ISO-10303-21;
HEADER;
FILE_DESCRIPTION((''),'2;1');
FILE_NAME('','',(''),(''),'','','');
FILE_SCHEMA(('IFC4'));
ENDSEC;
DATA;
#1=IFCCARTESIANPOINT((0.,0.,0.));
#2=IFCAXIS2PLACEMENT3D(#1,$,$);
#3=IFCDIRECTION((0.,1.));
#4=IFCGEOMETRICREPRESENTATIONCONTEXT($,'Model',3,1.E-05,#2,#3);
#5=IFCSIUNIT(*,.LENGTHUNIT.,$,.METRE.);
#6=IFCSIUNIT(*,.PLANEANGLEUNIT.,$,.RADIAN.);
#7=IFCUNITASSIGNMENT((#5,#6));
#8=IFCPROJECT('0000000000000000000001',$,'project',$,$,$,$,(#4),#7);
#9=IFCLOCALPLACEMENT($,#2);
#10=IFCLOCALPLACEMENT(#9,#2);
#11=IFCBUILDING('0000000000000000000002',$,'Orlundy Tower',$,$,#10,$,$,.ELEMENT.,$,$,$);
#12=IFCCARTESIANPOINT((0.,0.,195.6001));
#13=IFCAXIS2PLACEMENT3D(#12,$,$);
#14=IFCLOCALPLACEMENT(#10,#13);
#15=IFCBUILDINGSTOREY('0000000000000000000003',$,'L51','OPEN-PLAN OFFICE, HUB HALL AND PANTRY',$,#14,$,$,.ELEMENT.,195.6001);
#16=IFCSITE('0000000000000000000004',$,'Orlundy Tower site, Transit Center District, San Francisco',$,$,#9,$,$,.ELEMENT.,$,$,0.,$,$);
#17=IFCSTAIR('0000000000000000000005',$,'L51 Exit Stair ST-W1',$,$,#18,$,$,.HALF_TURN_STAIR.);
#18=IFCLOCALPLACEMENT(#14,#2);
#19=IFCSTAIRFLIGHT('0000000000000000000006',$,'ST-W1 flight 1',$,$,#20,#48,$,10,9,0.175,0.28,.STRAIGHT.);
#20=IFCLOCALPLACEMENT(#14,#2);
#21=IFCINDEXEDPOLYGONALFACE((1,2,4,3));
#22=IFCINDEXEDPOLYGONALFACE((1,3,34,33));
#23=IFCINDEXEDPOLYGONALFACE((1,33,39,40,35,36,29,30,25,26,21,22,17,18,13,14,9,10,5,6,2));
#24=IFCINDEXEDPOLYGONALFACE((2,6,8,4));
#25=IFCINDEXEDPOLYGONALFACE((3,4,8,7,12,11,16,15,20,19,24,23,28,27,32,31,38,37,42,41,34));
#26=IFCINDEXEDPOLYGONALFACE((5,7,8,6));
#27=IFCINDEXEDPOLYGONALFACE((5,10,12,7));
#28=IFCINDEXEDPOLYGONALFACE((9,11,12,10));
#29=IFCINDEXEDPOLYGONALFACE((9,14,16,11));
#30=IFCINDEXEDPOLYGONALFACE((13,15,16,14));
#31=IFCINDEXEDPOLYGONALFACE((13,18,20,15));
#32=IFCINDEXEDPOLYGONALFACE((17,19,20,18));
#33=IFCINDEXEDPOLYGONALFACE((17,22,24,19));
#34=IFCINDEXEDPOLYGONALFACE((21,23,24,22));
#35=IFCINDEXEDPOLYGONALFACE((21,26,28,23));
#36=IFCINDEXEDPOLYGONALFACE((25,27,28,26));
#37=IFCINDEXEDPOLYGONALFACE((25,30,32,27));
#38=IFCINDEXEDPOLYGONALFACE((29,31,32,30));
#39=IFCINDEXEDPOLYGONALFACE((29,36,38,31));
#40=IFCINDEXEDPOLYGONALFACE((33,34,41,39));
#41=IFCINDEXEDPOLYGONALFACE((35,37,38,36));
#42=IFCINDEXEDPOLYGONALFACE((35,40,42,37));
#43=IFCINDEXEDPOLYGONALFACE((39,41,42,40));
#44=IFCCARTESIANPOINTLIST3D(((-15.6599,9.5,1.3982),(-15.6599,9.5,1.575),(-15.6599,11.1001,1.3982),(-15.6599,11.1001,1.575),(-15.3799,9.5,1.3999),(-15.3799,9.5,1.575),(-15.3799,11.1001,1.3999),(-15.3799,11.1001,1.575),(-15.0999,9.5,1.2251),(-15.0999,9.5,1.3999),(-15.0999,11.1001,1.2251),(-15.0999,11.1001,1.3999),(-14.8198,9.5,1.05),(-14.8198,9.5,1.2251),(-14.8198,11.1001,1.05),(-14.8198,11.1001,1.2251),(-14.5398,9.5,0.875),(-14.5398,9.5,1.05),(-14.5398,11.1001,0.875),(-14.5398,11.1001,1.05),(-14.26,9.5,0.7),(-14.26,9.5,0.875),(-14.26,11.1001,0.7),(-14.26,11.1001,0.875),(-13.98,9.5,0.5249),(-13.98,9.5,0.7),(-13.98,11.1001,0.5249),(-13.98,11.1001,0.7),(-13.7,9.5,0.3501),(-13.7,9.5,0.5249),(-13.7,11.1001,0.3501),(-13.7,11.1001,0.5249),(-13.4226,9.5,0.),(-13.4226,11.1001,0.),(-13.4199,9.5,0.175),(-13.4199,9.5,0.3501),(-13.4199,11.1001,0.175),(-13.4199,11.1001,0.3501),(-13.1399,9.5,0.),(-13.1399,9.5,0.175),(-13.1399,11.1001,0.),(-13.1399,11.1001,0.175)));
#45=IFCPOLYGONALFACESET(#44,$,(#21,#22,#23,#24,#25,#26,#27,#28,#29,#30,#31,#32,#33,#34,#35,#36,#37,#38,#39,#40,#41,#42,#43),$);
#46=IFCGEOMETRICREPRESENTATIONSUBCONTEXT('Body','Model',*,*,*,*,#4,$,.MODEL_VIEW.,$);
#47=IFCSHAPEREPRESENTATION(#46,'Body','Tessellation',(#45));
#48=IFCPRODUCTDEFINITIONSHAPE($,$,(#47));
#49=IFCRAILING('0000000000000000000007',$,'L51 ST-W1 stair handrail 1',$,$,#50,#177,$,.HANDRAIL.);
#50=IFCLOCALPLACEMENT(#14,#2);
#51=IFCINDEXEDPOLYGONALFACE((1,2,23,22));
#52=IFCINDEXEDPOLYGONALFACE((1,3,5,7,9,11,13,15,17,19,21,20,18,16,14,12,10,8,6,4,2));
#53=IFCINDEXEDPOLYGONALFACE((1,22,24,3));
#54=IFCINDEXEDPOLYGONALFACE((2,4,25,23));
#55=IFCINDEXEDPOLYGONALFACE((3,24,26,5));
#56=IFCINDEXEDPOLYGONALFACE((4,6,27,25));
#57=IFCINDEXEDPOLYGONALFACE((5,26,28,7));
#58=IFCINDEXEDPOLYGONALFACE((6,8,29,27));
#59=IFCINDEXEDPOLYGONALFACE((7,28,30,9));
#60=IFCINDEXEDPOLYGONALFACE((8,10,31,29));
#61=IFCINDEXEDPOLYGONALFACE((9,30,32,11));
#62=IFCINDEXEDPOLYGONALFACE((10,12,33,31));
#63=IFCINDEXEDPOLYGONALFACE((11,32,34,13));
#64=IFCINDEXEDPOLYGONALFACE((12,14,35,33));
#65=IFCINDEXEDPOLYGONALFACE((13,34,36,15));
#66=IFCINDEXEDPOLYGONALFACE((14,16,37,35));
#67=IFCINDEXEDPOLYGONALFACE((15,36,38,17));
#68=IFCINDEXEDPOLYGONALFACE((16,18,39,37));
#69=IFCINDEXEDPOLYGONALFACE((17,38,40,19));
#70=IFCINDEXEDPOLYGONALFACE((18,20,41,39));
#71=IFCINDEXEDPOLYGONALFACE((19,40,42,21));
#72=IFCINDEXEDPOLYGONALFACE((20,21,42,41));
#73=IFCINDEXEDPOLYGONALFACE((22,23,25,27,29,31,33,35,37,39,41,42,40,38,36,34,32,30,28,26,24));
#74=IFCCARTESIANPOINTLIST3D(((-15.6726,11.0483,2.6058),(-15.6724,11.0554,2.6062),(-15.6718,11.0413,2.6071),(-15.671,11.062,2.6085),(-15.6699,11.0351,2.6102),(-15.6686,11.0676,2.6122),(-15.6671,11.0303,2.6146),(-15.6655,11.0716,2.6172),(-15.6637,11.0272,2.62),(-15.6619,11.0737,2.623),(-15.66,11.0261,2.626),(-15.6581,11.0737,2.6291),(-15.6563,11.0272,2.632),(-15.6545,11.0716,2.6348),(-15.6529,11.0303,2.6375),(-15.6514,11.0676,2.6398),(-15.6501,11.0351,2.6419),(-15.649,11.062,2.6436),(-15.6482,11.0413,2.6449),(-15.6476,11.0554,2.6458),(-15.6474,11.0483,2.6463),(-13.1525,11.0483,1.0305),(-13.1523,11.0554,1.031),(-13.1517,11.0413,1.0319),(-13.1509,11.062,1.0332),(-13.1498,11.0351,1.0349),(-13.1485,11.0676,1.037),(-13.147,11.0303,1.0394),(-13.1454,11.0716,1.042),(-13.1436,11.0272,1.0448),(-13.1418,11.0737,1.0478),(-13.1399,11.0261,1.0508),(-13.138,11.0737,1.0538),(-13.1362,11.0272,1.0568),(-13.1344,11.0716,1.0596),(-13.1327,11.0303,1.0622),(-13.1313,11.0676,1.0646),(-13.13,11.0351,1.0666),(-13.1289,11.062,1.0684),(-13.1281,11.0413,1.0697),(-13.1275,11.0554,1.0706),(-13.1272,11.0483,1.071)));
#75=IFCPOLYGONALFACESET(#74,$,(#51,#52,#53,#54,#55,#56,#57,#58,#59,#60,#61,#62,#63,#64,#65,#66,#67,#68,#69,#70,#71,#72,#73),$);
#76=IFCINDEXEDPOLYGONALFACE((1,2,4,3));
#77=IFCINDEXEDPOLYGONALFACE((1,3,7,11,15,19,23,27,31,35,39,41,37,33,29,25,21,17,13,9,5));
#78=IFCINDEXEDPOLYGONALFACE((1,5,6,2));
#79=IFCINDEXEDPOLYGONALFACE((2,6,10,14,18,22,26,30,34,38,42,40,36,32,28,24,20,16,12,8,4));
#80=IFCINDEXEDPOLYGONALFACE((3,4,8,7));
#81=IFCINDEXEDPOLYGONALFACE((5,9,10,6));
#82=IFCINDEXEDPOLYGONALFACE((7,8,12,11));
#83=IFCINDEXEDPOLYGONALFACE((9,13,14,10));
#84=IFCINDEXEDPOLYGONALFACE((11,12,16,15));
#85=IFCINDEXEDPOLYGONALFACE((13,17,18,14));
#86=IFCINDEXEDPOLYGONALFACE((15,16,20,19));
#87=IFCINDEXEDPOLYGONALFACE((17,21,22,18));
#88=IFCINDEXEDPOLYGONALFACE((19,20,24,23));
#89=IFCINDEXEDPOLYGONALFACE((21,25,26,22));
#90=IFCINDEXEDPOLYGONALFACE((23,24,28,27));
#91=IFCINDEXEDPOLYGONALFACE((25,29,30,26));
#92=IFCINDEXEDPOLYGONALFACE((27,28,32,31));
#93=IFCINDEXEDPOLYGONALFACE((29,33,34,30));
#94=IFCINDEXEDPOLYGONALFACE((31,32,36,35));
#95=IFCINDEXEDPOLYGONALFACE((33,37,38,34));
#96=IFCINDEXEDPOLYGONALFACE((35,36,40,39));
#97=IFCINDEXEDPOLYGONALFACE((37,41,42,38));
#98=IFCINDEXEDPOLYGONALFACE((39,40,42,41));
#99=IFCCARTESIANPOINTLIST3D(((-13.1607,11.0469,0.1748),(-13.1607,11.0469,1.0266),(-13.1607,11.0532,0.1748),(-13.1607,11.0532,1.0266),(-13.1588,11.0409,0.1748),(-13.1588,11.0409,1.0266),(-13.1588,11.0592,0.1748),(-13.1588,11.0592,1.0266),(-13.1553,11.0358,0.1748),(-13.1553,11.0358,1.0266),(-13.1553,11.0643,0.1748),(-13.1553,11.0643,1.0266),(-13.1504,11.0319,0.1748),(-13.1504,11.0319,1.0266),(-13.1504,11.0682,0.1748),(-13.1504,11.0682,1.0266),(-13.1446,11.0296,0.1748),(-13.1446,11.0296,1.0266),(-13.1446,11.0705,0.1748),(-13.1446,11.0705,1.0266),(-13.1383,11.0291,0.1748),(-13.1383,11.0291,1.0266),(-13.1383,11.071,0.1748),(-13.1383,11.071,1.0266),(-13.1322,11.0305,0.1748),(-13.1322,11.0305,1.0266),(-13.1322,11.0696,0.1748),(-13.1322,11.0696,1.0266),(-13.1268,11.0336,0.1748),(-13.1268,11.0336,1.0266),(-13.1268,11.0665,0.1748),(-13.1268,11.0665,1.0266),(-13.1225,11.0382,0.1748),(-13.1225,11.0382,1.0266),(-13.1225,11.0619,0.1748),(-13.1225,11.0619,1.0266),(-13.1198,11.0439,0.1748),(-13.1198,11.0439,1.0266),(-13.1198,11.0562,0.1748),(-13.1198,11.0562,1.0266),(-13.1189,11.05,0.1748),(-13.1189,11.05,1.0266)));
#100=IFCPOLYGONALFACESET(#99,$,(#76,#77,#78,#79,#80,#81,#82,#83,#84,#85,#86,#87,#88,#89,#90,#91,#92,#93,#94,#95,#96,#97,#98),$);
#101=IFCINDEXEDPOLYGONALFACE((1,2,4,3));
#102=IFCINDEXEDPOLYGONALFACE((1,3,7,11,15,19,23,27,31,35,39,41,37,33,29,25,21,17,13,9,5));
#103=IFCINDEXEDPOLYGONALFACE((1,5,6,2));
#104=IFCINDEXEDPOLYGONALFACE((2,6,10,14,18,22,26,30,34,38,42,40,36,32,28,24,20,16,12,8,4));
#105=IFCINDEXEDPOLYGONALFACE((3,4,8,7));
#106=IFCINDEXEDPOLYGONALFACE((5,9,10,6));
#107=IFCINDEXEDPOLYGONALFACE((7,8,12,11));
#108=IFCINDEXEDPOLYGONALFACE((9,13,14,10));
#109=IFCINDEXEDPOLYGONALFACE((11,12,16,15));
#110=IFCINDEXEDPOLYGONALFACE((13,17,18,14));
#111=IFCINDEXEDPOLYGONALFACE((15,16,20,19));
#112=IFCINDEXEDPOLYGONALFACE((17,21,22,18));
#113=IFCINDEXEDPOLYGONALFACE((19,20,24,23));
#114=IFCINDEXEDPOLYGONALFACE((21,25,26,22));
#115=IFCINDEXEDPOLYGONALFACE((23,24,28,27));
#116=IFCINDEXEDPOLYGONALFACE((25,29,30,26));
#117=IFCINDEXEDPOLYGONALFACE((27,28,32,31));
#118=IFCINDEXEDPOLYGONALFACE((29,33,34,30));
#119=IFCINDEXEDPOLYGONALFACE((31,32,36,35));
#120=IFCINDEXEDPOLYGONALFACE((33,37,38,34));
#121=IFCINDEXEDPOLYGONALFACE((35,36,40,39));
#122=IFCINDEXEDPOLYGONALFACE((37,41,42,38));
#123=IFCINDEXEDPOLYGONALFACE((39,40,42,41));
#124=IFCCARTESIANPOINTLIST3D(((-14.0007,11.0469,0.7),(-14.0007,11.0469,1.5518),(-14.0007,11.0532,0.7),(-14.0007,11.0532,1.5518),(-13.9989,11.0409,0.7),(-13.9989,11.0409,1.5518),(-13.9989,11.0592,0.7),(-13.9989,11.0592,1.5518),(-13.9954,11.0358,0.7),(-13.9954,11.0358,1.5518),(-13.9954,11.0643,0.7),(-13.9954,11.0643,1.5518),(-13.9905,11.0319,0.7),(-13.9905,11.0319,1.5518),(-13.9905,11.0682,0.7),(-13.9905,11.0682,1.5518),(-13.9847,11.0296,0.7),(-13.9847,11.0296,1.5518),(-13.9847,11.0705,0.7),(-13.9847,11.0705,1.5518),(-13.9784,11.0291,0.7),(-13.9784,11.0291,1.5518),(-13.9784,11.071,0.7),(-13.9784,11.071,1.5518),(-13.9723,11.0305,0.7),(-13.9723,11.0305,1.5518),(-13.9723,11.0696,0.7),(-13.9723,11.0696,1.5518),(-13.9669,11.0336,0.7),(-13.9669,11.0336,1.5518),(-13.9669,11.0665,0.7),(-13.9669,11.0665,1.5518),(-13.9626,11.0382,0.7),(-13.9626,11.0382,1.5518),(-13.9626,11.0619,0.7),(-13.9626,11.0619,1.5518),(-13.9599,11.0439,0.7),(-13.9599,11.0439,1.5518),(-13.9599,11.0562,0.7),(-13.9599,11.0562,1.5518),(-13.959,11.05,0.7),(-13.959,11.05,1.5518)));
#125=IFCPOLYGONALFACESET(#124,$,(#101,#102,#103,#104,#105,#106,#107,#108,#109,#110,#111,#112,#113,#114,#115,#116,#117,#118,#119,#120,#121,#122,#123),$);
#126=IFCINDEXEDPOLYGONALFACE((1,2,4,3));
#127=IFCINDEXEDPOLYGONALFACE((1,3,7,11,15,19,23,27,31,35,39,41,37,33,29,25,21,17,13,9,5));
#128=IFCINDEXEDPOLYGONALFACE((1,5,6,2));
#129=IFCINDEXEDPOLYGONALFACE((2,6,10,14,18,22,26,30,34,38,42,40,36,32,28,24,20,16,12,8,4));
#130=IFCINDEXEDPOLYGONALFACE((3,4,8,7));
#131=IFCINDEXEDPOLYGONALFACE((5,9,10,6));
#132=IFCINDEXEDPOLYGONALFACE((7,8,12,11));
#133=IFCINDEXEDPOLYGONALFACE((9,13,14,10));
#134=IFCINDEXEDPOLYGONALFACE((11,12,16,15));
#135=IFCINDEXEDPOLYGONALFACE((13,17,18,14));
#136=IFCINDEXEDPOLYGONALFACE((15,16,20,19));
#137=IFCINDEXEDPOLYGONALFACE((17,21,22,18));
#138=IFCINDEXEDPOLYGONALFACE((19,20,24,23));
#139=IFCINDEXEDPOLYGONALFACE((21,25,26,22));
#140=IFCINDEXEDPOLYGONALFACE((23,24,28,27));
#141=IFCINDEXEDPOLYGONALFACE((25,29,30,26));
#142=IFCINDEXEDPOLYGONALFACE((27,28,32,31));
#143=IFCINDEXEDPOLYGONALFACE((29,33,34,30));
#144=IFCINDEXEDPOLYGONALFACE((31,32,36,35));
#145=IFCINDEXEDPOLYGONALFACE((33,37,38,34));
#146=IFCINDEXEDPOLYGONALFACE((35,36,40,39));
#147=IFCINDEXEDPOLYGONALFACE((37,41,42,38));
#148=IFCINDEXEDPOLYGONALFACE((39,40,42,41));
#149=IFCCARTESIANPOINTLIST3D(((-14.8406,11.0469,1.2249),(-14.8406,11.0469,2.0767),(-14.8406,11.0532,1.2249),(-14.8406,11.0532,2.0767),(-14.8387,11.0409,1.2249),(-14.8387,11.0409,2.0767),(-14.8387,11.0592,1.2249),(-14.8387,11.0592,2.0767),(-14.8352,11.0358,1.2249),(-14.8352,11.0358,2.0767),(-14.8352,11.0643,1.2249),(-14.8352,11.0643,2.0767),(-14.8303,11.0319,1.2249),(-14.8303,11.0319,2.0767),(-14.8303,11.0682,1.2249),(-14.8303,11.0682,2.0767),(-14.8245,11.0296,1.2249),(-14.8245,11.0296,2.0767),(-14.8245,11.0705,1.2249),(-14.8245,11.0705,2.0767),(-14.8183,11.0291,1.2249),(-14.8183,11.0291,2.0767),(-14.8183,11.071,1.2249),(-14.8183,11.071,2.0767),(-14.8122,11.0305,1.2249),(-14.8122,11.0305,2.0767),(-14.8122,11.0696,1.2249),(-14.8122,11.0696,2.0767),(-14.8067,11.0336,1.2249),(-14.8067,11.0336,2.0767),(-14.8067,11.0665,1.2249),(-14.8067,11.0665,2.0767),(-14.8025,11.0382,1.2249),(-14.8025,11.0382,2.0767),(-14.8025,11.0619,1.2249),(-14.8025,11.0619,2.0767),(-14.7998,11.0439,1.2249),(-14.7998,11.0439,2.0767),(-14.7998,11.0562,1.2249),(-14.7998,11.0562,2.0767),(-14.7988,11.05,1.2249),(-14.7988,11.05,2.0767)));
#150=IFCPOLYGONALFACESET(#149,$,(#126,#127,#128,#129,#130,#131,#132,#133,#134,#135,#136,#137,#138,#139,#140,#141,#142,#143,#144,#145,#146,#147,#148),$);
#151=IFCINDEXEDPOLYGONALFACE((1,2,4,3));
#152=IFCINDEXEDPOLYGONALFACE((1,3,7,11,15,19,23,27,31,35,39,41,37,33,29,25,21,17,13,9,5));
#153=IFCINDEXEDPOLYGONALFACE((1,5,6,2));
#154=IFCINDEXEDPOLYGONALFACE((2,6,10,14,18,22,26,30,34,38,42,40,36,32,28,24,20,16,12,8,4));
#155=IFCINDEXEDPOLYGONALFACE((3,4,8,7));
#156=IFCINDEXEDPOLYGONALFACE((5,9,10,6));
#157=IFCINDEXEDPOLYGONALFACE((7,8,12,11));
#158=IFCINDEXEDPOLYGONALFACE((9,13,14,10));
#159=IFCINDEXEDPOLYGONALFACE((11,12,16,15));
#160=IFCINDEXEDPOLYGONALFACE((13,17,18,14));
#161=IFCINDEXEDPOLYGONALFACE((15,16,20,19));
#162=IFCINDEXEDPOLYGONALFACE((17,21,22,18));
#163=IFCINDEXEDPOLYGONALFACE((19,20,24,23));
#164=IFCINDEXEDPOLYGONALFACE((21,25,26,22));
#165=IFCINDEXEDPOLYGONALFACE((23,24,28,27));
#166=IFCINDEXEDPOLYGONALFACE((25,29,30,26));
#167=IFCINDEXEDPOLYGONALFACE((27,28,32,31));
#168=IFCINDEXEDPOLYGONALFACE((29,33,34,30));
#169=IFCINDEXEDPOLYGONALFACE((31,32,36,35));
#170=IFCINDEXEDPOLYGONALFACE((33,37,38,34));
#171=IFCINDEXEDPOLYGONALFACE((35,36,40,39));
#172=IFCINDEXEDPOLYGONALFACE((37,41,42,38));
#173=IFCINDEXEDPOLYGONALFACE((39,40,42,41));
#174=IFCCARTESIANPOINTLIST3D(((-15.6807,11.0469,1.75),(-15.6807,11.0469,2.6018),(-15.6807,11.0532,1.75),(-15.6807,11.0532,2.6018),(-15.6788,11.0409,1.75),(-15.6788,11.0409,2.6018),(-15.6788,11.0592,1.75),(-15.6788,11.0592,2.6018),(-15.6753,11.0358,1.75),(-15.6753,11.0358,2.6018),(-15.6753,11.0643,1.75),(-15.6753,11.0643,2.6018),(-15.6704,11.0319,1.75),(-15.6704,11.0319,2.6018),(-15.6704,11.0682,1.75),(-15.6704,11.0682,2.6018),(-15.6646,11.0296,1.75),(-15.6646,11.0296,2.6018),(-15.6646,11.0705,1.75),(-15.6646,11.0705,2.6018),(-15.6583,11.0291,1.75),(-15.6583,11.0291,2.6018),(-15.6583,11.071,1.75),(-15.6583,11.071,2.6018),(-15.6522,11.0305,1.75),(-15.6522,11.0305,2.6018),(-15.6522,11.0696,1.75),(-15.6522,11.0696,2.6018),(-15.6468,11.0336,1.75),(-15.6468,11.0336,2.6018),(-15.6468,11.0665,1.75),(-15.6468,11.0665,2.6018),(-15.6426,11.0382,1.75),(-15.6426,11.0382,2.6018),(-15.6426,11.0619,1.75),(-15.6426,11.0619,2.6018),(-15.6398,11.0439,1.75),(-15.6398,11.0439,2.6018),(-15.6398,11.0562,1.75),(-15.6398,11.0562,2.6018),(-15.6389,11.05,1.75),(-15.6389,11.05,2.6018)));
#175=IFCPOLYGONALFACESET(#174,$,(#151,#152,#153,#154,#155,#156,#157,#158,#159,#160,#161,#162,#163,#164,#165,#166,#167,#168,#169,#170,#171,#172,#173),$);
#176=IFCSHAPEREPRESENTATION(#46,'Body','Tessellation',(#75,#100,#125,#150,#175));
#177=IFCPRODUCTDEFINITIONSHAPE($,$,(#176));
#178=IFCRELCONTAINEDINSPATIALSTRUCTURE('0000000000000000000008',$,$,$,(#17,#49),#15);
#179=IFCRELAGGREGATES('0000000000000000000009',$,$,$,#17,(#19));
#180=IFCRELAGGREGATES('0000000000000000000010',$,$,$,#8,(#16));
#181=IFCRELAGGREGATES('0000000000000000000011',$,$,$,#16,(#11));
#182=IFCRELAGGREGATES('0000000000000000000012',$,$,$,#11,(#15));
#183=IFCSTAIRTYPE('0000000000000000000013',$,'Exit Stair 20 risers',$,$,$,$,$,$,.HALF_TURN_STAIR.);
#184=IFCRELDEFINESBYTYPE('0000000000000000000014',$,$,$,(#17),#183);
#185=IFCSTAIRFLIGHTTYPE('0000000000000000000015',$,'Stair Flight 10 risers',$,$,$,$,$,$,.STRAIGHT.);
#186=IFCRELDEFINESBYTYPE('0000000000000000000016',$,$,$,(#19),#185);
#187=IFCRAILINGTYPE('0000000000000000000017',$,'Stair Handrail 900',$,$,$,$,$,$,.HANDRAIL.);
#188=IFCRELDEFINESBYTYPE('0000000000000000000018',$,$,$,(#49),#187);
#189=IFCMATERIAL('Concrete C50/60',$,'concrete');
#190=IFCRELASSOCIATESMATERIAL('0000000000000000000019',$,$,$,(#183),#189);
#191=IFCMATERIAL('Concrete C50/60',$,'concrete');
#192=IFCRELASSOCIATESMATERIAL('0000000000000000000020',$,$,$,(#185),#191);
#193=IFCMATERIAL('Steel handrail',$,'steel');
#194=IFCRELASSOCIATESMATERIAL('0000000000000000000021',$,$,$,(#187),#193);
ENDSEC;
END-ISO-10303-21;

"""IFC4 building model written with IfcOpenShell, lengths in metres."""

from ifc_helpers import new_model, si_unit, direction, frame, origin, origin_2d, place, context, subcontext, project, spatial, polyline, circle, outline, extrude, material, type_object, element, aggregate, save


model = new_model("IFC4")

# Units and contexts
model_context = context("Model", 3, precision=1e-05, world=origin(), true_north=direction((0.0, 1.0)))
body_context = subcontext(model_context, "Body", "Model", "MODEL_VIEW")
ifc_project = project(units=[si_unit("LENGTHUNIT", "METRE"), si_unit("PLANEANGLEUNIT", "RADIAN")], contexts=[model_context])

# Site, building, storey
site_placement = place(None, origin())
site = spatial("IfcSite", under=ifc_project, at=site_placement, Name="Orlundy Tower site, Transit Center District, San Francisco", CompositionType="ELEMENT", RefElevation=0.0)
building_placement = place(site_placement, origin())
building = spatial("IfcBuilding", under=site, at=building_placement, Name="Orlundy Tower", CompositionType="ELEMENT")
storey_placement = place(building_placement, frame((0.0, 0.0, 195.6001)))
storey = spatial("IfcBuildingStorey", under=building, at=storey_placement, Name="L51", Description="OPEN-PLAN OFFICE, HUB HALL AND PANTRY", CompositionType="ELEMENT", Elevation=195.6001)

# Stair, stair flight
ifc_material_1 = material(Name="Concrete C50/60", Category="concrete")
stair_type = type_object("IfcStairType", Name="Exit Stair 20 risers", PredefinedType="HALF_TURN_STAIR", material=ifc_material_1)
stair_placement = place(storey_placement, origin())
stair = element("IfcStair", 1, at=stair_placement, inside=storey, type_object=stair_type, Name="L51 Exit Stair ST-W1", PredefinedType="HALF_TURN_STAIR")
ifc_material_2 = material(Name="Concrete C50/60", Category="concrete")
stair_flight_type = type_object("IfcStairFlightType", Name="Stair Flight 10 risers", PredefinedType="STRAIGHT", material=ifc_material_2)
stair_flight_placement = place(storey_placement, frame((-13.1399, 10.3, 0.0), z_axis=(0.0, 0.0, 1.0), x_axis=(-1.0, 0.0, 0.0)))
stair_flight = element("IfcStairFlight", 2, at=stair_flight_placement, type_object=stair_flight_type, Name="ST-W1 flight 1", NumberOfRisers=10, NumberOfTreads=9, PredefinedType="STRAIGHT", RiserHeight=0.175, TreadLength=0.28, context=body_context, shape_type="SweptSolid", body=[
    extrude(outline(polyline([(0.0, 0.0), (0.0, 0.175), (0.28, 0.175), (0.28, 0.3501), (0.5601, 0.3501), (0.5601, 0.5249), (0.8401, 0.5249), (0.8401, 0.7), (1.1201, 0.7), (1.1201, 0.875), (1.3999, 0.875), (1.3999, 1.05), (1.6799, 1.05), (1.6799, 1.2251), (1.96, 1.2251), (1.96, 1.3999), (2.24, 1.3999), (2.24, 1.575), (2.52, 1.575), (2.52, 1.75), (2.52, 1.3982), (0.2827, 0.0), (0.0, 0.0)])), frame((0.0, 0.8, 0.0), z_axis=(0.0, -1.0, 0.0), x_axis=(1.0, 0.0, 0.0)), (0.0, 0.0, 1.0), 1.6001),
])
aggregate(stair, [stair_flight])

# Railing
ifc_material_3 = material(Name="Steel handrail", Category="steel")
railing_type_1 = type_object("IfcRailingType", Name="Stair Handrail 900", PredefinedType="HANDRAIL", material=ifc_material_3)
railing_1_placement = place(storey_placement, frame((-13.1399, 11.05, 0.1748)))
element("IfcRailing", 3, at=railing_1_placement, inside=storey, type_object=railing_type_1, Name="L51 ST-W1 stair handrail 1", PredefinedType="HANDRAIL", context=body_context, shape_type="SweptSolid", body=[
    extrude(circle(Radius=0.0239, at=origin_2d()), frame((0.0, 0.0, 0.876), z_axis=(-0.847971, 0.0, 0.530043), x_axis=(0.0, -1.0, 0.0)), (0.0, 0.0, 1.0), 2.9719),
    extrude(circle(Radius=0.021, at=origin_2d()), origin(), (0.0, 0.0, 1.0), 0.8518),
    extrude(circle(Radius=0.021, at=origin_2d()), frame((-0.8401, 0.0, 0.5251)), (0.0, 0.0, 1.0), 0.8518),
    extrude(circle(Radius=0.021, at=origin_2d()), frame((-1.6799, 0.0, 1.05)), (0.0, 0.0, 1.0), 0.8518),
    extrude(circle(Radius=0.021, at=origin_2d()), frame((-2.52, 0.0, 1.5752)), (0.0, 0.0, 1.0), 0.8518),
])

save(model, "model.ifc")
